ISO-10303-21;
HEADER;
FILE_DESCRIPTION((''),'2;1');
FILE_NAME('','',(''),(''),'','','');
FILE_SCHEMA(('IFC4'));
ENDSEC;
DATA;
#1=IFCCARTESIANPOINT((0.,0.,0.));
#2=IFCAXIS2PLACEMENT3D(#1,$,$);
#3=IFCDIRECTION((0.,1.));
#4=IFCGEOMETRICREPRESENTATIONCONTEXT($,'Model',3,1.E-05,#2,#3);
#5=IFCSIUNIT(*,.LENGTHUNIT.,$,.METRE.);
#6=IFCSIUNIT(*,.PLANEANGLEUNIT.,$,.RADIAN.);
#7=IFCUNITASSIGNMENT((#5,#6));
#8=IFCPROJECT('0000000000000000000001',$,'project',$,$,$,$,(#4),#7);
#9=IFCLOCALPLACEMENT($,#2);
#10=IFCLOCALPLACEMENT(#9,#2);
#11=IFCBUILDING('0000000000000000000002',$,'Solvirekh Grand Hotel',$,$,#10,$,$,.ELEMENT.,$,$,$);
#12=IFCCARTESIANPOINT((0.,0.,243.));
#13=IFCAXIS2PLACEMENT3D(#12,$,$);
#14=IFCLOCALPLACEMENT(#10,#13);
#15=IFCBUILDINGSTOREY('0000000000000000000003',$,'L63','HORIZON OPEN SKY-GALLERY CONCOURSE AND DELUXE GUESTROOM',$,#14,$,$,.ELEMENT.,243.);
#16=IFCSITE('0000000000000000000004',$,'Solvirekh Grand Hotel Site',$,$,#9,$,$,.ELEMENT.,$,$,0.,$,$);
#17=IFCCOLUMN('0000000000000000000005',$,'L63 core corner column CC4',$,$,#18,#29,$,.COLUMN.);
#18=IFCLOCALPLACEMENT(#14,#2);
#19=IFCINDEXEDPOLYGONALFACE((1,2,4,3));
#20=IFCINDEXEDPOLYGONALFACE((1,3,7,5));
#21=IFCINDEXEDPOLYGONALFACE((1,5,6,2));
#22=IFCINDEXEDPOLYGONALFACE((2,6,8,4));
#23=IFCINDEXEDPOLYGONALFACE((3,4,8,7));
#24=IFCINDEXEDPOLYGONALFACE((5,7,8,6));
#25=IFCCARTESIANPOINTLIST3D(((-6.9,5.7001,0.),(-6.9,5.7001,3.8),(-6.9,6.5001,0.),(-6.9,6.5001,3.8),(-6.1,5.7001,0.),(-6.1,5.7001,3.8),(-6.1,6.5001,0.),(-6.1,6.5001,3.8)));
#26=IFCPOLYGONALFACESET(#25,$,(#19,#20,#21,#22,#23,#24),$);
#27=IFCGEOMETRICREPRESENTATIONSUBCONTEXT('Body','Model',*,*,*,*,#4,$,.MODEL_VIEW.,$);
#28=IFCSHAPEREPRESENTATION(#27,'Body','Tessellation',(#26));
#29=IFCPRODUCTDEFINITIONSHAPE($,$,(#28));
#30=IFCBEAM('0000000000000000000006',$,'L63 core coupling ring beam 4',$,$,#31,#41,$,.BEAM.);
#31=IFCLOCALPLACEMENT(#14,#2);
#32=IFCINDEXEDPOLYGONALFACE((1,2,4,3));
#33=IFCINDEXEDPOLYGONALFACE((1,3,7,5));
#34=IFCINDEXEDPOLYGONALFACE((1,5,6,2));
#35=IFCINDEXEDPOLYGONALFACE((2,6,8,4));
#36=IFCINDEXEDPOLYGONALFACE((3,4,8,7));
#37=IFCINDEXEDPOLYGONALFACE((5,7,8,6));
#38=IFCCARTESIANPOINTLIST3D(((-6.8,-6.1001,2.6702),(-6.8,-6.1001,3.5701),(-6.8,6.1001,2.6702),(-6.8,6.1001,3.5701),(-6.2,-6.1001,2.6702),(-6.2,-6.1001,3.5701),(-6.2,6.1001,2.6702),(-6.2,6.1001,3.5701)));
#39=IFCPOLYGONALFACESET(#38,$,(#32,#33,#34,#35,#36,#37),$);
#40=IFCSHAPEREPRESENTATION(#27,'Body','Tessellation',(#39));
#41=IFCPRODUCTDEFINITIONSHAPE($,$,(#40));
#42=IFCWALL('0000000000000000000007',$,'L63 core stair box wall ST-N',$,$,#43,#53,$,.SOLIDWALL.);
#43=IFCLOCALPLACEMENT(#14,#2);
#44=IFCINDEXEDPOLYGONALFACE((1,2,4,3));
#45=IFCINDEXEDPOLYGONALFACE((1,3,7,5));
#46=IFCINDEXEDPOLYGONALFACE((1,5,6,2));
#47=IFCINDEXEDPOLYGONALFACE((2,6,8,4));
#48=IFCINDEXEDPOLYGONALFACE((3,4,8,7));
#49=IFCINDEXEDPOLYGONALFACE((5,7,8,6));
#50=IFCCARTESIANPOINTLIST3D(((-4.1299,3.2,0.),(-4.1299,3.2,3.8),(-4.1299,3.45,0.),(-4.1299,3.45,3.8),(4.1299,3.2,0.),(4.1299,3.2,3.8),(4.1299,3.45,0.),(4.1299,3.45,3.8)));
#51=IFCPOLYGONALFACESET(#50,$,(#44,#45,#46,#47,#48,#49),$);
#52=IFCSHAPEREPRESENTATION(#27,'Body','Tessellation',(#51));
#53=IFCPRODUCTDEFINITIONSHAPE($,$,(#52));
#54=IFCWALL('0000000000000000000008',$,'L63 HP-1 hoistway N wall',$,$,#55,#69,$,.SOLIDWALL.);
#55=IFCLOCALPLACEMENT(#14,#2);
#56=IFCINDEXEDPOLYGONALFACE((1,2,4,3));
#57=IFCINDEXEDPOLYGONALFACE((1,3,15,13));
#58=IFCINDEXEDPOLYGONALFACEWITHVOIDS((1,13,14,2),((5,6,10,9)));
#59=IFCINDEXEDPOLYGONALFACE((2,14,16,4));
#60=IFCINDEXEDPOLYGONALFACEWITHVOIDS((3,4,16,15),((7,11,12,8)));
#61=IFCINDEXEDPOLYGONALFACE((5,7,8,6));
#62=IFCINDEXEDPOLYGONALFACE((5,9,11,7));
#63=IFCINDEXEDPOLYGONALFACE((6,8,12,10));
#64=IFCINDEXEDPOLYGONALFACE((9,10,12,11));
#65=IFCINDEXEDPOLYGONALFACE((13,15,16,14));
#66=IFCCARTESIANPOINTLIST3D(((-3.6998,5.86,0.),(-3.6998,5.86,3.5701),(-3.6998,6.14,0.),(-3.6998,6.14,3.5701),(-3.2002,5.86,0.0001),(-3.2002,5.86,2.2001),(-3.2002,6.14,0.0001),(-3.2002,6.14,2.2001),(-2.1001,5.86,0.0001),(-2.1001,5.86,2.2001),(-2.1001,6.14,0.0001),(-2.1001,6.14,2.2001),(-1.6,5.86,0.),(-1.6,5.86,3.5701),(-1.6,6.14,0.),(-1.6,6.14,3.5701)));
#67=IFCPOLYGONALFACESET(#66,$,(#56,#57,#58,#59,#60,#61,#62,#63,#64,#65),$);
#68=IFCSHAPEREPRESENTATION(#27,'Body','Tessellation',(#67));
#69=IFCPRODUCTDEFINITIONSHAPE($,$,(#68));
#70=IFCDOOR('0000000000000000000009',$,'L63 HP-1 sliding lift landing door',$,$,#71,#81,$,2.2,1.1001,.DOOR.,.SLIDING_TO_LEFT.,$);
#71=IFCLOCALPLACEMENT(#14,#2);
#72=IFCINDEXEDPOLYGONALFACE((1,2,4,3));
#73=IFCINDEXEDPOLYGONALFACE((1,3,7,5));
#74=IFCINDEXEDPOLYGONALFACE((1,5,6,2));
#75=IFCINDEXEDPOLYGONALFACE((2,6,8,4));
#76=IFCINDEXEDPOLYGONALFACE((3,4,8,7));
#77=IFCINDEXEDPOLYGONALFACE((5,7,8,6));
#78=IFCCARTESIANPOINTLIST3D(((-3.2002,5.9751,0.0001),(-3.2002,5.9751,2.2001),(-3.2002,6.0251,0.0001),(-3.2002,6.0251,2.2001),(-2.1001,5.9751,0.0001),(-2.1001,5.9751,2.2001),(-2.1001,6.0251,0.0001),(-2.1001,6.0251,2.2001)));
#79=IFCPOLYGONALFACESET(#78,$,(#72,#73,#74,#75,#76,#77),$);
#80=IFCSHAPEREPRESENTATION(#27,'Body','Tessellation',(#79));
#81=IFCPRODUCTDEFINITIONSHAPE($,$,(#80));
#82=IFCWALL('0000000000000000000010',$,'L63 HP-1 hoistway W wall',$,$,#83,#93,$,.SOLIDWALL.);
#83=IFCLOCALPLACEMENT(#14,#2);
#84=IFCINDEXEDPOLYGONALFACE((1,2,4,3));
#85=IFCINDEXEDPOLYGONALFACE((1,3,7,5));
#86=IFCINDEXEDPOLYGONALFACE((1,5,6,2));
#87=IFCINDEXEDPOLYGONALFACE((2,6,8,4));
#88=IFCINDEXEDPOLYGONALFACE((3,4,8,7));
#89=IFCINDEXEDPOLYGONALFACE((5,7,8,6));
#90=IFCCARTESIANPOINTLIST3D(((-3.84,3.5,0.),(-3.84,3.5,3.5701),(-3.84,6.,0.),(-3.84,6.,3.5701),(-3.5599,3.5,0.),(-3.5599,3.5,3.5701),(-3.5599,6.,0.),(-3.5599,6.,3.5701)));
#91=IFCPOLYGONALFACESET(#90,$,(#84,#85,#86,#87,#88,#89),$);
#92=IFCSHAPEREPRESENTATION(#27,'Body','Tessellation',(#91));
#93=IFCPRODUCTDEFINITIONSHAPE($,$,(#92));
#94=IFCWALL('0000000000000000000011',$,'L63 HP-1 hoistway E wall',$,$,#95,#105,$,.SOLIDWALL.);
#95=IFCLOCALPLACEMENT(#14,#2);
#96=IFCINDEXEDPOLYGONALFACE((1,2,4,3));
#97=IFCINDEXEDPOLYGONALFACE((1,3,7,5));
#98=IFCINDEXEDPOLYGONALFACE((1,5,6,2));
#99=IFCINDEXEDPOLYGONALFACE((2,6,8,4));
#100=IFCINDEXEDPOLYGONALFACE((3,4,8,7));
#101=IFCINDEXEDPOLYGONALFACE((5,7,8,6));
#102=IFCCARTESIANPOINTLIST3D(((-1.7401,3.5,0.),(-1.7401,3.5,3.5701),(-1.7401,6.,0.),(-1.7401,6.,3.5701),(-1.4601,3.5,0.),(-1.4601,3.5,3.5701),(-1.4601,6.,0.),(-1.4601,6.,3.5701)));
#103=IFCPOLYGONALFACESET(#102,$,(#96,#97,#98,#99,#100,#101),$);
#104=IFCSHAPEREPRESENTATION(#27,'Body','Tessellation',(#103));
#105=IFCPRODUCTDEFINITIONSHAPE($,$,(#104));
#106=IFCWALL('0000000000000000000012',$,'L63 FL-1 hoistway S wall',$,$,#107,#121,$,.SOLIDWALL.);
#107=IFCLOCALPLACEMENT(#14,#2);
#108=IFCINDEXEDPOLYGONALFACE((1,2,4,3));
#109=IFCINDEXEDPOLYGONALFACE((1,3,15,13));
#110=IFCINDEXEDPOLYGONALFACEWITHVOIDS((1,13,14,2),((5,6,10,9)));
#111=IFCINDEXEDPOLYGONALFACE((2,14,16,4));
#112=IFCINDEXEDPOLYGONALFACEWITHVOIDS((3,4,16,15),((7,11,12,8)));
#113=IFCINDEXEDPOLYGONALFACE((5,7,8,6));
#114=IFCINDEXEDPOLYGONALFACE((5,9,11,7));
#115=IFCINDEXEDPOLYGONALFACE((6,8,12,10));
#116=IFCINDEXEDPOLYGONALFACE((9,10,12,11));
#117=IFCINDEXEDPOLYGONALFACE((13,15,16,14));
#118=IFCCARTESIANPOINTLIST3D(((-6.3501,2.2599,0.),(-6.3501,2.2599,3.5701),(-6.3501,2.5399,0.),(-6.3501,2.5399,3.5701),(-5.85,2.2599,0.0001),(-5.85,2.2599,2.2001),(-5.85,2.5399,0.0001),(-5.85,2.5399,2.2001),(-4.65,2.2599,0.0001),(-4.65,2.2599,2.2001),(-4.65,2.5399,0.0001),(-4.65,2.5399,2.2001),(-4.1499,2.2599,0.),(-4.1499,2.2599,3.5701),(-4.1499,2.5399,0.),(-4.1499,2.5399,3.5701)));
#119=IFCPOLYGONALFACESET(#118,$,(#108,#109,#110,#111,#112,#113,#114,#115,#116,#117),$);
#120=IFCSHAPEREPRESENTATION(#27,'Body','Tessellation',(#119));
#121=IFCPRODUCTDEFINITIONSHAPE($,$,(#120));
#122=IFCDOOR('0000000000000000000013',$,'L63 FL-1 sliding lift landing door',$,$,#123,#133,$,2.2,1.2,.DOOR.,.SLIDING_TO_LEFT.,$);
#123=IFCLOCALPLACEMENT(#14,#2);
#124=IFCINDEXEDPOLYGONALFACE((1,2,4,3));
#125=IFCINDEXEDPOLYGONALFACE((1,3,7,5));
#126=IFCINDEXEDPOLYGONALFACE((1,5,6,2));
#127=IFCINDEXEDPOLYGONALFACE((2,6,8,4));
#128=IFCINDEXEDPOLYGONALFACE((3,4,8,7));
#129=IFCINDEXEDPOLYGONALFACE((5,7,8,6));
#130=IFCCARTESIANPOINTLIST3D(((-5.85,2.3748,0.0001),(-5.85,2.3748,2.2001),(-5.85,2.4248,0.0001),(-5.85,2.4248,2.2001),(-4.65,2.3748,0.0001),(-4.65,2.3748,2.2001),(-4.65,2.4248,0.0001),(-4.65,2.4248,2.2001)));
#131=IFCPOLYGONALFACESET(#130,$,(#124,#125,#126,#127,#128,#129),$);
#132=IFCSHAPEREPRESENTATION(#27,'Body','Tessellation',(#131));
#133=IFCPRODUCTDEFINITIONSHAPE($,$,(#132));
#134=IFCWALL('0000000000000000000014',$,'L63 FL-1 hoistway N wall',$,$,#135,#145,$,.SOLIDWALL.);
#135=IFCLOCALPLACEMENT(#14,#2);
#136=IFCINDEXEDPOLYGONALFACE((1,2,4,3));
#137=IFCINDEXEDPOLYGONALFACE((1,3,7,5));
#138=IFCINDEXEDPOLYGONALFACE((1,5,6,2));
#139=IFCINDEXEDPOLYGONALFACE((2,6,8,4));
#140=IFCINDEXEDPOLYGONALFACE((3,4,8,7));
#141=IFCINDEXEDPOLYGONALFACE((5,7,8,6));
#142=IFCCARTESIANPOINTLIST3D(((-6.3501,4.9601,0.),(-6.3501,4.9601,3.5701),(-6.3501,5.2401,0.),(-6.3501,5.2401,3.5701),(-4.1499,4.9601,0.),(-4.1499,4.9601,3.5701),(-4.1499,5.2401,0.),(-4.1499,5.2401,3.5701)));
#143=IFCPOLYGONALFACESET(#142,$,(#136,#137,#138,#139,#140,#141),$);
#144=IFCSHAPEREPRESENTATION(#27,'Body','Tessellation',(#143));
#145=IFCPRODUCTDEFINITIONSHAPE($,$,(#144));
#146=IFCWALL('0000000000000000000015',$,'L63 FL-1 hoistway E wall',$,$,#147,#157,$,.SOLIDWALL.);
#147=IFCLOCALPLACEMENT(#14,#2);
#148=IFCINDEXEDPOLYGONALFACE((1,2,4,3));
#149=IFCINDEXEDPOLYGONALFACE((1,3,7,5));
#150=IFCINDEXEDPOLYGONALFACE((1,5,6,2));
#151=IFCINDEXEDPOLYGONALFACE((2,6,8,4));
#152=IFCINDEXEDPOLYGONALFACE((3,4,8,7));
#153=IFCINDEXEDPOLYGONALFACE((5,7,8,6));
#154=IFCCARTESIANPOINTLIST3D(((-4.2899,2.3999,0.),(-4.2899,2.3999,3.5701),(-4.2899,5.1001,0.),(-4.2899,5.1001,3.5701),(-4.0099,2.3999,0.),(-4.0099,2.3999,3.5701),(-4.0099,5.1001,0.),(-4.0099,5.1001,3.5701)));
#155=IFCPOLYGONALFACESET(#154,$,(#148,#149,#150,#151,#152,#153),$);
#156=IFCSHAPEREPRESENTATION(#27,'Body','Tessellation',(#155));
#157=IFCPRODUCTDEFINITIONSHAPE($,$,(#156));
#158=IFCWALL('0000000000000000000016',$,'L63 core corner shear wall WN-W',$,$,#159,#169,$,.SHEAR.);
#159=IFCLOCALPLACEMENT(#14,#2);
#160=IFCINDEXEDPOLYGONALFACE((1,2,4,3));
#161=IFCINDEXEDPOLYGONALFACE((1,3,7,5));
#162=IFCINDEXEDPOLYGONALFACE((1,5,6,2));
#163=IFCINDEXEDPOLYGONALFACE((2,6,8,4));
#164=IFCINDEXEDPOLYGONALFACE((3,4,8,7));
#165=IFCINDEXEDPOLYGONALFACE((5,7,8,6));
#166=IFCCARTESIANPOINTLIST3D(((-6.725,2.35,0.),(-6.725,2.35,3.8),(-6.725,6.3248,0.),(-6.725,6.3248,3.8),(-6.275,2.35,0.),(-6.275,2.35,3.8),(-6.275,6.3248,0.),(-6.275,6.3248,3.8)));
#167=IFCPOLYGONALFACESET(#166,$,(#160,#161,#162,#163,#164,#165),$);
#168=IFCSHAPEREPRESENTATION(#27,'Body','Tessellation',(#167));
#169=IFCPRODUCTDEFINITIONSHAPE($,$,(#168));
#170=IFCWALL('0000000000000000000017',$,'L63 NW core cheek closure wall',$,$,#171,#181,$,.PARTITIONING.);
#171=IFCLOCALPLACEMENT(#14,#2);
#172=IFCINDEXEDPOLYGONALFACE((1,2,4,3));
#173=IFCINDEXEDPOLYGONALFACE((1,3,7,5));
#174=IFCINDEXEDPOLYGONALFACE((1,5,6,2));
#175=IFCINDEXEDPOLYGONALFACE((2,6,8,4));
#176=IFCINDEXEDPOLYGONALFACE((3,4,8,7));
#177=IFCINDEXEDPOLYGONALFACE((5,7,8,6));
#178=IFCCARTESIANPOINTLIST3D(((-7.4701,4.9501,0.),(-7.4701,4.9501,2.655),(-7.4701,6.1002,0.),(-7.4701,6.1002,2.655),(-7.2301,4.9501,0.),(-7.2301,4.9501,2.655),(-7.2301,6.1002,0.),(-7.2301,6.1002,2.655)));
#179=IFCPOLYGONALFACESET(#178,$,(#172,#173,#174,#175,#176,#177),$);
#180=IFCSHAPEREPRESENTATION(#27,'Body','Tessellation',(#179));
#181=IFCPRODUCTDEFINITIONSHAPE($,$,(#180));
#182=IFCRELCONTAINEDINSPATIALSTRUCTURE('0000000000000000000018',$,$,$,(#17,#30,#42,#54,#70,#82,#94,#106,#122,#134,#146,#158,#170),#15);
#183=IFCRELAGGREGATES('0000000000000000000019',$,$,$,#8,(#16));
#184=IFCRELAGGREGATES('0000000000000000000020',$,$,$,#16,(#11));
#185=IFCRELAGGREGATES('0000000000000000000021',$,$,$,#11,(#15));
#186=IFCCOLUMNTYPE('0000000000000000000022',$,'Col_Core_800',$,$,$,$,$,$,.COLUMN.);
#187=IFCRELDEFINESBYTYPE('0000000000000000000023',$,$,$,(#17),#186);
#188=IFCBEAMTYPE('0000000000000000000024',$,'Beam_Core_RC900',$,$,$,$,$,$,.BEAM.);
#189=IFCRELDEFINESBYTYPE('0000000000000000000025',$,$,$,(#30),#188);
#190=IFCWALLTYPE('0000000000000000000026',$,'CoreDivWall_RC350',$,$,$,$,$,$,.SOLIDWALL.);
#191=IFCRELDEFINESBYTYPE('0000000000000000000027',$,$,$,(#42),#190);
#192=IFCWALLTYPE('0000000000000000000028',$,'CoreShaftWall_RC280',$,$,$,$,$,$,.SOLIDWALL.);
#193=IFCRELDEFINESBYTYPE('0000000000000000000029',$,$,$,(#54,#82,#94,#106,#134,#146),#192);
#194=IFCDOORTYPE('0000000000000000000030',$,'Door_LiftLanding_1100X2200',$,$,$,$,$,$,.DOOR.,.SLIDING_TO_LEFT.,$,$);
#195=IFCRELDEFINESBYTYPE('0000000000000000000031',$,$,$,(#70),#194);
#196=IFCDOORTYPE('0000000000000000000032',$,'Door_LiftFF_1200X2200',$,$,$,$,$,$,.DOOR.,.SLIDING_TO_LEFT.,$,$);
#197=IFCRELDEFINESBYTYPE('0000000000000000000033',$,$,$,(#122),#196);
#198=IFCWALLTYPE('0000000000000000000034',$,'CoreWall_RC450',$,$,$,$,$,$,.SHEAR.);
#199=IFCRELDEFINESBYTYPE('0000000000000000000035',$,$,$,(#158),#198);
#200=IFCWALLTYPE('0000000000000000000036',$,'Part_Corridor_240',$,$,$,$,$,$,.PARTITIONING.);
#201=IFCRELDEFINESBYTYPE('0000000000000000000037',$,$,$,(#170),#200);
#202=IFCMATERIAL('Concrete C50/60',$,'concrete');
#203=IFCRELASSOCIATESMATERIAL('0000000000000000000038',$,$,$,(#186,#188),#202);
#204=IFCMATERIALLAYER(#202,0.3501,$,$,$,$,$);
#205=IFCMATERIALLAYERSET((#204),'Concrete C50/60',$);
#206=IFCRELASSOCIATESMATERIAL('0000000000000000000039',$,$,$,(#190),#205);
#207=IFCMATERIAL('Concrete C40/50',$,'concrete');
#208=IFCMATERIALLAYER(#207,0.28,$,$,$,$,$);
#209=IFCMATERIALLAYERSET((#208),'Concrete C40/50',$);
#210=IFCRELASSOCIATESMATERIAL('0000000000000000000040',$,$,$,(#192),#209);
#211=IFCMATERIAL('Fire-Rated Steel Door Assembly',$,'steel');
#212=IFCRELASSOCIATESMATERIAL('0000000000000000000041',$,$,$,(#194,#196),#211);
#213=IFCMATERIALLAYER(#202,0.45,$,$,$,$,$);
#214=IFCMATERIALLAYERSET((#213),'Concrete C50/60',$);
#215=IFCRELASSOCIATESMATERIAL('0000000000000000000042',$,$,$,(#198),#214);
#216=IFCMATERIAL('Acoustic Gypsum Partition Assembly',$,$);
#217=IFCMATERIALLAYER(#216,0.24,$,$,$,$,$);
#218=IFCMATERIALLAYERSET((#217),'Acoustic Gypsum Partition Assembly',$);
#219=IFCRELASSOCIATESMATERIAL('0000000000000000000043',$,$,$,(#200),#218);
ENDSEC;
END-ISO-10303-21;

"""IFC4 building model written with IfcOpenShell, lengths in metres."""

from ifc_helpers import new_model, si_unit, direction, frame, frame_2d, origin, origin_2d, place, context, subcontext, project, spatial, rectangle, extrude, material, layer, layer_set, material_profile, profile_set, type_object, element, fill, save


model = new_model("IFC4")

# Units and contexts
model_context = context("Model", 3, precision=1e-05, world=origin(), true_north=direction((0.0, 1.0)))
body_context = subcontext(model_context, "Body", "Model", "MODEL_VIEW")
ifc_project = project(units=[si_unit("LENGTHUNIT", "METRE"), si_unit("PLANEANGLEUNIT", "RADIAN")], contexts=[model_context])

# Site, building, storey
site_placement = place(None, origin())
site = spatial("IfcSite", under=ifc_project, at=site_placement, Name="Solvirekh Grand Hotel Site", CompositionType="ELEMENT", RefElevation=0.0)
building_placement = place(site_placement, origin())
building = spatial("IfcBuilding", under=site, at=building_placement, Name="Solvirekh Grand Hotel", CompositionType="ELEMENT")
storey_placement = place(building_placement, frame((0.0, 0.0, 243.0)))
storey = spatial("IfcBuildingStorey", under=building, at=storey_placement, Name="L63", Description="HORIZON OPEN SKY-GALLERY CONCOURSE AND DELUXE GUESTROOM", CompositionType="ELEMENT", Elevation=243.0)

# Column
ifc_material_1 = material(Name="Concrete C50/60", Category="concrete")
ifc_material_profile_1 = material_profile(ifc_material_1, rectangle(XDim=0.8, YDim=0.8, at=origin_2d()), Name="RC 800X800")
ifc_profile_set_1 = profile_set([ifc_material_profile_1], Name="Concrete C50/60")
column_type = type_object("IfcColumnType", Name="Col_Core_800", PredefinedType="COLUMN", material=ifc_profile_set_1)
column_placement = place(storey_placement, frame((-6.5, 6.1001, 0.0), z_axis=(0.0, 0.0, 1.0), x_axis=(1.0, 0.0, 0.0)))
element("IfcColumn", 1, at=column_placement, inside=storey, type_object=column_type, Name="L63 core corner column CC4", PredefinedType="COLUMN", context=body_context, shape_type="SweptSolid", body=[
    extrude(rectangle(XDim=0.8, YDim=0.8, at=origin_2d()), origin(), (0.0, 0.0, 1.0), 3.8),
])

# Beam
ifc_material_profile_2 = material_profile(ifc_material_1, rectangle(XDim=0.6001, YDim=0.8999, at=origin_2d()), Name="RC BEAM 600X900")
ifc_profile_set_2 = profile_set([ifc_material_profile_2], Name="Concrete C50/60")
beam_type = type_object("IfcBeamType", Name="Beam_Core_RC900", PredefinedType="BEAM", material=ifc_profile_set_2)
beam_placement = place(storey_placement, frame((-6.5, 6.1001, 3.1201), z_axis=(0.0, -1.0, 0.0), x_axis=(1.0, 0.0, 0.0)))
element("IfcBeam", 2, at=beam_placement, inside=storey, type_object=beam_type, Name="L63 core coupling ring beam 4", PredefinedType="BEAM", context=body_context, shape_type="SweptSolid", body=[
    extrude(rectangle(XDim=0.6001, YDim=0.8999, at=origin_2d()), origin(), (0.0, 0.0, 1.0), 12.2002),
])

# Wall
ifc_layer_1 = layer(ifc_material_1, 0.3501)
ifc_layer_set_1 = layer_set([ifc_layer_1], Name="Concrete C50/60")
wall_type_1 = type_object("IfcWallType", Name="CoreDivWall_RC350", PredefinedType="SOLIDWALL", material=ifc_layer_set_1)
wall_1_placement = place(storey_placement, frame((-4.1299, 3.325, 0.0), z_axis=(0.0, 0.0, 1.0), x_axis=(1.0, 0.0, 0.0)))
element("IfcWall", 3, at=wall_1_placement, inside=storey, type_object=wall_type_1, Name="L63 core stair box wall ST-N", PredefinedType="SOLIDWALL", context=body_context, shape_type="SweptSolid", body=[
    extrude(rectangle(XDim=8.2598, YDim=0.25, at=frame_2d((4.1299, 0.0))), origin(), (0.0, 0.0, 1.0), 3.8),
])

# Wall, opening, door
ifc_material_2 = material(Name="Concrete C40/50", Category="concrete")
ifc_layer_2 = layer(ifc_material_2, 0.28)
ifc_layer_set_2 = layer_set([ifc_layer_2], Name="Concrete C40/50")
wall_type_2 = type_object("IfcWallType", Name="CoreShaftWall_RC280", PredefinedType="SOLIDWALL", material=ifc_layer_set_2)
wall_2_placement = place(storey_placement, frame((-1.6001, 6.0, 0.0), z_axis=(0.0, 0.0, 1.0), x_axis=(-1.0, 0.0, 0.0)))
wall_2 = element("IfcWall", 4, at=wall_2_placement, inside=storey, type_object=wall_type_2, Name="L63 HP-1 hoistway N wall", PredefinedType="SOLIDWALL", context=body_context, shape_type="SweptSolid", body=[
    extrude(rectangle(XDim=2.0999, YDim=0.28, at=frame_2d((1.0498, 0.0))), origin(), (0.0, 0.0, 1.0), 3.5701),
])
opening_1_placement = place(wall_2_placement, frame((0.5, 0.0, 0.0)))
opening_1 = element("IfcOpeningElement", 5, at=opening_1_placement, cuts=wall_2, PredefinedType="OPENING", context=body_context, shape_type="SweptSolid", body=[
    extrude(rectangle(XDim=1.1001, YDim=2.2, at=frame_2d((0.55, 1.1001))), frame((0.0, 0.1499, 0.0), z_axis=(0.0, -1.0, 0.0), x_axis=(1.0, 0.0, 0.0)), (0.0, 0.0, 1.0), 0.3),
])
ifc_material_3 = material(Name="Fire-Rated Steel Door Assembly", Category="steel")
door_type_1 = type_object("IfcDoorType", Name="Door_LiftLanding_1100X2200", OperationType="SLIDING_TO_LEFT", PredefinedType="DOOR", material=ifc_material_3)
door_1_placement = place(opening_1_placement, origin())
door_1 = element("IfcDoor", 6, at=door_1_placement, inside=storey, type_object=door_type_1, Name="L63 HP-1 sliding lift landing door", OperationType="SLIDING_TO_LEFT", OverallHeight=2.2, OverallWidth=1.1001, PredefinedType="DOOR", context=body_context, shape_type="SweptSolid", body=[
    extrude(rectangle(XDim=1.1001, YDim=2.2, at=frame_2d((0.55, 1.1001))), frame((0.0, 0.0249, 0.0), z_axis=(0.0, -1.0, 0.0), x_axis=(1.0, 0.0, 0.0)), (0.0, 0.0, 1.0), 0.05),
])
fill(opening_1, door_1)

# Walls
for number, where, z_axis, x_axis, name in (
    (7, (-3.7, 6.0, 0.0), (0.0, 0.0, 1.0), (0.0, -1.0, 0.0), "L63 HP-1 hoistway W wall"),
    (8, (-1.6001, 3.5, 0.0), (0.0, 0.0, 1.0), (0.0, 1.0, 0.0), "L63 HP-1 hoistway E wall"),
):
    element("IfcWall", number, at=place(storey_placement, frame(where, z_axis=z_axis, x_axis=x_axis)), inside=storey, type_object=wall_type_2, Name=name, PredefinedType="SOLIDWALL", context=body_context, shape_type="SweptSolid", body=[
        extrude(rectangle(XDim=2.5, YDim=0.28, at=frame_2d((1.25, 0.0))), origin(), (0.0, 0.0, 1.0), 3.5701),
    ])

# Wall, opening, door
wall_3_placement = place(storey_placement, frame((-6.3501, 2.3999, 0.0), z_axis=(0.0, 0.0, 1.0), x_axis=(1.0, 0.0, 0.0)))
wall_3 = element("IfcWall", 9, at=wall_3_placement, inside=storey, type_object=wall_type_2, Name="L63 FL-1 hoistway S wall", PredefinedType="SOLIDWALL", context=body_context, shape_type="SweptSolid", body=[
    extrude(rectangle(XDim=2.2002, YDim=0.28, at=frame_2d((1.1001, 0.0))), origin(), (0.0, 0.0, 1.0), 3.5701),
])
opening_2_placement = place(wall_3_placement, frame((0.5, 0.0, 0.0)))
opening_2 = element("IfcOpeningElement", 10, at=opening_2_placement, cuts=wall_3, PredefinedType="OPENING", context=body_context, shape_type="SweptSolid", body=[
    extrude(rectangle(XDim=1.2, YDim=2.2, at=frame_2d((0.6001, 1.1001))), frame((0.0, 0.1499, 0.0), z_axis=(0.0, -1.0, 0.0), x_axis=(1.0, 0.0, 0.0)), (0.0, 0.0, 1.0), 0.3),
])
door_type_2 = type_object("IfcDoorType", Name="Door_LiftFF_1200X2200", OperationType="SLIDING_TO_LEFT", PredefinedType="DOOR", material=ifc_material_3)
door_2_placement = place(opening_2_placement, origin())
door_2 = element("IfcDoor", 11, at=door_2_placement, inside=storey, type_object=door_type_2, Name="L63 FL-1 sliding lift landing door", OperationType="SLIDING_TO_LEFT", OverallHeight=2.2, OverallWidth=1.2, PredefinedType="DOOR", context=body_context, shape_type="SweptSolid", body=[
    extrude(rectangle(XDim=1.2, YDim=2.2, at=frame_2d((0.6001, 1.1001))), frame((0.0, 0.0249, 0.0), z_axis=(0.0, -1.0, 0.0), x_axis=(1.0, 0.0, 0.0)), (0.0, 0.0, 1.0), 0.05),
])
fill(opening_2, door_2)

# Walls
wall_4_placement = place(storey_placement, frame((-4.1499, 5.1001, 0.0), z_axis=(0.0, 0.0, 1.0), x_axis=(-1.0, 0.0, 0.0)))
element("IfcWall", 12, at=wall_4_placement, inside=storey, type_object=wall_type_2, Name="L63 FL-1 hoistway N wall", PredefinedType="SOLIDWALL", context=body_context, shape_type="SweptSolid", body=[
    extrude(rectangle(XDim=2.2002, YDim=0.28, at=frame_2d((1.1001, 0.0))), origin(), (0.0, 0.0, 1.0), 3.5701),
])
wall_5_placement = place(storey_placement, frame((-4.1499, 2.3999, 0.0), z_axis=(0.0, 0.0, 1.0), x_axis=(0.0, 1.0, 0.0)))
element("IfcWall", 13, at=wall_5_placement, inside=storey, type_object=wall_type_2, Name="L63 FL-1 hoistway E wall", PredefinedType="SOLIDWALL", context=body_context, shape_type="SweptSolid", body=[
    extrude(rectangle(XDim=2.7002, YDim=0.28, at=frame_2d((1.3501, 0.0))), origin(), (0.0, 0.0, 1.0), 3.5701),
])
ifc_layer_3 = layer(ifc_material_1, 0.45)
ifc_layer_set_3 = layer_set([ifc_layer_3], Name="Concrete C50/60")
wall_type_3 = type_object("IfcWallType", Name="CoreWall_RC450", PredefinedType="SHEAR", material=ifc_layer_set_3)
wall_6_placement = place(storey_placement, frame((-6.5, 2.3501, 0.0), z_axis=(0.0, 0.0, 1.0), x_axis=(0.0, 1.0, 0.0)))
element("IfcWall", 14, at=wall_6_placement, inside=storey, type_object=wall_type_3, Name="L63 core corner shear wall WN-W", PredefinedType="SHEAR", context=body_context, shape_type="SweptSolid", body=[
    extrude(rectangle(XDim=3.9749, YDim=0.45, at=frame_2d((1.9873, 0.0))), origin(), (0.0, 0.0, 1.0), 3.8),
])
ifc_material_4 = material(Name="Acoustic Gypsum Partition Assembly")
ifc_layer_4 = layer(ifc_material_4, 0.24)
ifc_layer_set_4 = layer_set([ifc_layer_4], Name="Acoustic Gypsum Partition Assembly")
wall_type_4 = type_object("IfcWallType", Name="Part_Corridor_240", PredefinedType="PARTITIONING", material=ifc_layer_set_4)
wall_7_placement = place(storey_placement, frame((-7.3501, 4.95, 0.0), z_axis=(0.0, 0.0, 1.0), x_axis=(0.0, 1.0, 0.0)))
element("IfcWall", 15, at=wall_7_placement, inside=storey, type_object=wall_type_4, Name="L63 NW core cheek closure wall", PredefinedType="PARTITIONING", context=body_context, shape_type="SweptSolid", body=[
    extrude(rectangle(XDim=1.1501, YDim=0.24, at=frame_2d((0.5752, 0.0))), origin(), (0.0, 0.0, 1.0), 2.655),
])

save(model, "model.ifc")
